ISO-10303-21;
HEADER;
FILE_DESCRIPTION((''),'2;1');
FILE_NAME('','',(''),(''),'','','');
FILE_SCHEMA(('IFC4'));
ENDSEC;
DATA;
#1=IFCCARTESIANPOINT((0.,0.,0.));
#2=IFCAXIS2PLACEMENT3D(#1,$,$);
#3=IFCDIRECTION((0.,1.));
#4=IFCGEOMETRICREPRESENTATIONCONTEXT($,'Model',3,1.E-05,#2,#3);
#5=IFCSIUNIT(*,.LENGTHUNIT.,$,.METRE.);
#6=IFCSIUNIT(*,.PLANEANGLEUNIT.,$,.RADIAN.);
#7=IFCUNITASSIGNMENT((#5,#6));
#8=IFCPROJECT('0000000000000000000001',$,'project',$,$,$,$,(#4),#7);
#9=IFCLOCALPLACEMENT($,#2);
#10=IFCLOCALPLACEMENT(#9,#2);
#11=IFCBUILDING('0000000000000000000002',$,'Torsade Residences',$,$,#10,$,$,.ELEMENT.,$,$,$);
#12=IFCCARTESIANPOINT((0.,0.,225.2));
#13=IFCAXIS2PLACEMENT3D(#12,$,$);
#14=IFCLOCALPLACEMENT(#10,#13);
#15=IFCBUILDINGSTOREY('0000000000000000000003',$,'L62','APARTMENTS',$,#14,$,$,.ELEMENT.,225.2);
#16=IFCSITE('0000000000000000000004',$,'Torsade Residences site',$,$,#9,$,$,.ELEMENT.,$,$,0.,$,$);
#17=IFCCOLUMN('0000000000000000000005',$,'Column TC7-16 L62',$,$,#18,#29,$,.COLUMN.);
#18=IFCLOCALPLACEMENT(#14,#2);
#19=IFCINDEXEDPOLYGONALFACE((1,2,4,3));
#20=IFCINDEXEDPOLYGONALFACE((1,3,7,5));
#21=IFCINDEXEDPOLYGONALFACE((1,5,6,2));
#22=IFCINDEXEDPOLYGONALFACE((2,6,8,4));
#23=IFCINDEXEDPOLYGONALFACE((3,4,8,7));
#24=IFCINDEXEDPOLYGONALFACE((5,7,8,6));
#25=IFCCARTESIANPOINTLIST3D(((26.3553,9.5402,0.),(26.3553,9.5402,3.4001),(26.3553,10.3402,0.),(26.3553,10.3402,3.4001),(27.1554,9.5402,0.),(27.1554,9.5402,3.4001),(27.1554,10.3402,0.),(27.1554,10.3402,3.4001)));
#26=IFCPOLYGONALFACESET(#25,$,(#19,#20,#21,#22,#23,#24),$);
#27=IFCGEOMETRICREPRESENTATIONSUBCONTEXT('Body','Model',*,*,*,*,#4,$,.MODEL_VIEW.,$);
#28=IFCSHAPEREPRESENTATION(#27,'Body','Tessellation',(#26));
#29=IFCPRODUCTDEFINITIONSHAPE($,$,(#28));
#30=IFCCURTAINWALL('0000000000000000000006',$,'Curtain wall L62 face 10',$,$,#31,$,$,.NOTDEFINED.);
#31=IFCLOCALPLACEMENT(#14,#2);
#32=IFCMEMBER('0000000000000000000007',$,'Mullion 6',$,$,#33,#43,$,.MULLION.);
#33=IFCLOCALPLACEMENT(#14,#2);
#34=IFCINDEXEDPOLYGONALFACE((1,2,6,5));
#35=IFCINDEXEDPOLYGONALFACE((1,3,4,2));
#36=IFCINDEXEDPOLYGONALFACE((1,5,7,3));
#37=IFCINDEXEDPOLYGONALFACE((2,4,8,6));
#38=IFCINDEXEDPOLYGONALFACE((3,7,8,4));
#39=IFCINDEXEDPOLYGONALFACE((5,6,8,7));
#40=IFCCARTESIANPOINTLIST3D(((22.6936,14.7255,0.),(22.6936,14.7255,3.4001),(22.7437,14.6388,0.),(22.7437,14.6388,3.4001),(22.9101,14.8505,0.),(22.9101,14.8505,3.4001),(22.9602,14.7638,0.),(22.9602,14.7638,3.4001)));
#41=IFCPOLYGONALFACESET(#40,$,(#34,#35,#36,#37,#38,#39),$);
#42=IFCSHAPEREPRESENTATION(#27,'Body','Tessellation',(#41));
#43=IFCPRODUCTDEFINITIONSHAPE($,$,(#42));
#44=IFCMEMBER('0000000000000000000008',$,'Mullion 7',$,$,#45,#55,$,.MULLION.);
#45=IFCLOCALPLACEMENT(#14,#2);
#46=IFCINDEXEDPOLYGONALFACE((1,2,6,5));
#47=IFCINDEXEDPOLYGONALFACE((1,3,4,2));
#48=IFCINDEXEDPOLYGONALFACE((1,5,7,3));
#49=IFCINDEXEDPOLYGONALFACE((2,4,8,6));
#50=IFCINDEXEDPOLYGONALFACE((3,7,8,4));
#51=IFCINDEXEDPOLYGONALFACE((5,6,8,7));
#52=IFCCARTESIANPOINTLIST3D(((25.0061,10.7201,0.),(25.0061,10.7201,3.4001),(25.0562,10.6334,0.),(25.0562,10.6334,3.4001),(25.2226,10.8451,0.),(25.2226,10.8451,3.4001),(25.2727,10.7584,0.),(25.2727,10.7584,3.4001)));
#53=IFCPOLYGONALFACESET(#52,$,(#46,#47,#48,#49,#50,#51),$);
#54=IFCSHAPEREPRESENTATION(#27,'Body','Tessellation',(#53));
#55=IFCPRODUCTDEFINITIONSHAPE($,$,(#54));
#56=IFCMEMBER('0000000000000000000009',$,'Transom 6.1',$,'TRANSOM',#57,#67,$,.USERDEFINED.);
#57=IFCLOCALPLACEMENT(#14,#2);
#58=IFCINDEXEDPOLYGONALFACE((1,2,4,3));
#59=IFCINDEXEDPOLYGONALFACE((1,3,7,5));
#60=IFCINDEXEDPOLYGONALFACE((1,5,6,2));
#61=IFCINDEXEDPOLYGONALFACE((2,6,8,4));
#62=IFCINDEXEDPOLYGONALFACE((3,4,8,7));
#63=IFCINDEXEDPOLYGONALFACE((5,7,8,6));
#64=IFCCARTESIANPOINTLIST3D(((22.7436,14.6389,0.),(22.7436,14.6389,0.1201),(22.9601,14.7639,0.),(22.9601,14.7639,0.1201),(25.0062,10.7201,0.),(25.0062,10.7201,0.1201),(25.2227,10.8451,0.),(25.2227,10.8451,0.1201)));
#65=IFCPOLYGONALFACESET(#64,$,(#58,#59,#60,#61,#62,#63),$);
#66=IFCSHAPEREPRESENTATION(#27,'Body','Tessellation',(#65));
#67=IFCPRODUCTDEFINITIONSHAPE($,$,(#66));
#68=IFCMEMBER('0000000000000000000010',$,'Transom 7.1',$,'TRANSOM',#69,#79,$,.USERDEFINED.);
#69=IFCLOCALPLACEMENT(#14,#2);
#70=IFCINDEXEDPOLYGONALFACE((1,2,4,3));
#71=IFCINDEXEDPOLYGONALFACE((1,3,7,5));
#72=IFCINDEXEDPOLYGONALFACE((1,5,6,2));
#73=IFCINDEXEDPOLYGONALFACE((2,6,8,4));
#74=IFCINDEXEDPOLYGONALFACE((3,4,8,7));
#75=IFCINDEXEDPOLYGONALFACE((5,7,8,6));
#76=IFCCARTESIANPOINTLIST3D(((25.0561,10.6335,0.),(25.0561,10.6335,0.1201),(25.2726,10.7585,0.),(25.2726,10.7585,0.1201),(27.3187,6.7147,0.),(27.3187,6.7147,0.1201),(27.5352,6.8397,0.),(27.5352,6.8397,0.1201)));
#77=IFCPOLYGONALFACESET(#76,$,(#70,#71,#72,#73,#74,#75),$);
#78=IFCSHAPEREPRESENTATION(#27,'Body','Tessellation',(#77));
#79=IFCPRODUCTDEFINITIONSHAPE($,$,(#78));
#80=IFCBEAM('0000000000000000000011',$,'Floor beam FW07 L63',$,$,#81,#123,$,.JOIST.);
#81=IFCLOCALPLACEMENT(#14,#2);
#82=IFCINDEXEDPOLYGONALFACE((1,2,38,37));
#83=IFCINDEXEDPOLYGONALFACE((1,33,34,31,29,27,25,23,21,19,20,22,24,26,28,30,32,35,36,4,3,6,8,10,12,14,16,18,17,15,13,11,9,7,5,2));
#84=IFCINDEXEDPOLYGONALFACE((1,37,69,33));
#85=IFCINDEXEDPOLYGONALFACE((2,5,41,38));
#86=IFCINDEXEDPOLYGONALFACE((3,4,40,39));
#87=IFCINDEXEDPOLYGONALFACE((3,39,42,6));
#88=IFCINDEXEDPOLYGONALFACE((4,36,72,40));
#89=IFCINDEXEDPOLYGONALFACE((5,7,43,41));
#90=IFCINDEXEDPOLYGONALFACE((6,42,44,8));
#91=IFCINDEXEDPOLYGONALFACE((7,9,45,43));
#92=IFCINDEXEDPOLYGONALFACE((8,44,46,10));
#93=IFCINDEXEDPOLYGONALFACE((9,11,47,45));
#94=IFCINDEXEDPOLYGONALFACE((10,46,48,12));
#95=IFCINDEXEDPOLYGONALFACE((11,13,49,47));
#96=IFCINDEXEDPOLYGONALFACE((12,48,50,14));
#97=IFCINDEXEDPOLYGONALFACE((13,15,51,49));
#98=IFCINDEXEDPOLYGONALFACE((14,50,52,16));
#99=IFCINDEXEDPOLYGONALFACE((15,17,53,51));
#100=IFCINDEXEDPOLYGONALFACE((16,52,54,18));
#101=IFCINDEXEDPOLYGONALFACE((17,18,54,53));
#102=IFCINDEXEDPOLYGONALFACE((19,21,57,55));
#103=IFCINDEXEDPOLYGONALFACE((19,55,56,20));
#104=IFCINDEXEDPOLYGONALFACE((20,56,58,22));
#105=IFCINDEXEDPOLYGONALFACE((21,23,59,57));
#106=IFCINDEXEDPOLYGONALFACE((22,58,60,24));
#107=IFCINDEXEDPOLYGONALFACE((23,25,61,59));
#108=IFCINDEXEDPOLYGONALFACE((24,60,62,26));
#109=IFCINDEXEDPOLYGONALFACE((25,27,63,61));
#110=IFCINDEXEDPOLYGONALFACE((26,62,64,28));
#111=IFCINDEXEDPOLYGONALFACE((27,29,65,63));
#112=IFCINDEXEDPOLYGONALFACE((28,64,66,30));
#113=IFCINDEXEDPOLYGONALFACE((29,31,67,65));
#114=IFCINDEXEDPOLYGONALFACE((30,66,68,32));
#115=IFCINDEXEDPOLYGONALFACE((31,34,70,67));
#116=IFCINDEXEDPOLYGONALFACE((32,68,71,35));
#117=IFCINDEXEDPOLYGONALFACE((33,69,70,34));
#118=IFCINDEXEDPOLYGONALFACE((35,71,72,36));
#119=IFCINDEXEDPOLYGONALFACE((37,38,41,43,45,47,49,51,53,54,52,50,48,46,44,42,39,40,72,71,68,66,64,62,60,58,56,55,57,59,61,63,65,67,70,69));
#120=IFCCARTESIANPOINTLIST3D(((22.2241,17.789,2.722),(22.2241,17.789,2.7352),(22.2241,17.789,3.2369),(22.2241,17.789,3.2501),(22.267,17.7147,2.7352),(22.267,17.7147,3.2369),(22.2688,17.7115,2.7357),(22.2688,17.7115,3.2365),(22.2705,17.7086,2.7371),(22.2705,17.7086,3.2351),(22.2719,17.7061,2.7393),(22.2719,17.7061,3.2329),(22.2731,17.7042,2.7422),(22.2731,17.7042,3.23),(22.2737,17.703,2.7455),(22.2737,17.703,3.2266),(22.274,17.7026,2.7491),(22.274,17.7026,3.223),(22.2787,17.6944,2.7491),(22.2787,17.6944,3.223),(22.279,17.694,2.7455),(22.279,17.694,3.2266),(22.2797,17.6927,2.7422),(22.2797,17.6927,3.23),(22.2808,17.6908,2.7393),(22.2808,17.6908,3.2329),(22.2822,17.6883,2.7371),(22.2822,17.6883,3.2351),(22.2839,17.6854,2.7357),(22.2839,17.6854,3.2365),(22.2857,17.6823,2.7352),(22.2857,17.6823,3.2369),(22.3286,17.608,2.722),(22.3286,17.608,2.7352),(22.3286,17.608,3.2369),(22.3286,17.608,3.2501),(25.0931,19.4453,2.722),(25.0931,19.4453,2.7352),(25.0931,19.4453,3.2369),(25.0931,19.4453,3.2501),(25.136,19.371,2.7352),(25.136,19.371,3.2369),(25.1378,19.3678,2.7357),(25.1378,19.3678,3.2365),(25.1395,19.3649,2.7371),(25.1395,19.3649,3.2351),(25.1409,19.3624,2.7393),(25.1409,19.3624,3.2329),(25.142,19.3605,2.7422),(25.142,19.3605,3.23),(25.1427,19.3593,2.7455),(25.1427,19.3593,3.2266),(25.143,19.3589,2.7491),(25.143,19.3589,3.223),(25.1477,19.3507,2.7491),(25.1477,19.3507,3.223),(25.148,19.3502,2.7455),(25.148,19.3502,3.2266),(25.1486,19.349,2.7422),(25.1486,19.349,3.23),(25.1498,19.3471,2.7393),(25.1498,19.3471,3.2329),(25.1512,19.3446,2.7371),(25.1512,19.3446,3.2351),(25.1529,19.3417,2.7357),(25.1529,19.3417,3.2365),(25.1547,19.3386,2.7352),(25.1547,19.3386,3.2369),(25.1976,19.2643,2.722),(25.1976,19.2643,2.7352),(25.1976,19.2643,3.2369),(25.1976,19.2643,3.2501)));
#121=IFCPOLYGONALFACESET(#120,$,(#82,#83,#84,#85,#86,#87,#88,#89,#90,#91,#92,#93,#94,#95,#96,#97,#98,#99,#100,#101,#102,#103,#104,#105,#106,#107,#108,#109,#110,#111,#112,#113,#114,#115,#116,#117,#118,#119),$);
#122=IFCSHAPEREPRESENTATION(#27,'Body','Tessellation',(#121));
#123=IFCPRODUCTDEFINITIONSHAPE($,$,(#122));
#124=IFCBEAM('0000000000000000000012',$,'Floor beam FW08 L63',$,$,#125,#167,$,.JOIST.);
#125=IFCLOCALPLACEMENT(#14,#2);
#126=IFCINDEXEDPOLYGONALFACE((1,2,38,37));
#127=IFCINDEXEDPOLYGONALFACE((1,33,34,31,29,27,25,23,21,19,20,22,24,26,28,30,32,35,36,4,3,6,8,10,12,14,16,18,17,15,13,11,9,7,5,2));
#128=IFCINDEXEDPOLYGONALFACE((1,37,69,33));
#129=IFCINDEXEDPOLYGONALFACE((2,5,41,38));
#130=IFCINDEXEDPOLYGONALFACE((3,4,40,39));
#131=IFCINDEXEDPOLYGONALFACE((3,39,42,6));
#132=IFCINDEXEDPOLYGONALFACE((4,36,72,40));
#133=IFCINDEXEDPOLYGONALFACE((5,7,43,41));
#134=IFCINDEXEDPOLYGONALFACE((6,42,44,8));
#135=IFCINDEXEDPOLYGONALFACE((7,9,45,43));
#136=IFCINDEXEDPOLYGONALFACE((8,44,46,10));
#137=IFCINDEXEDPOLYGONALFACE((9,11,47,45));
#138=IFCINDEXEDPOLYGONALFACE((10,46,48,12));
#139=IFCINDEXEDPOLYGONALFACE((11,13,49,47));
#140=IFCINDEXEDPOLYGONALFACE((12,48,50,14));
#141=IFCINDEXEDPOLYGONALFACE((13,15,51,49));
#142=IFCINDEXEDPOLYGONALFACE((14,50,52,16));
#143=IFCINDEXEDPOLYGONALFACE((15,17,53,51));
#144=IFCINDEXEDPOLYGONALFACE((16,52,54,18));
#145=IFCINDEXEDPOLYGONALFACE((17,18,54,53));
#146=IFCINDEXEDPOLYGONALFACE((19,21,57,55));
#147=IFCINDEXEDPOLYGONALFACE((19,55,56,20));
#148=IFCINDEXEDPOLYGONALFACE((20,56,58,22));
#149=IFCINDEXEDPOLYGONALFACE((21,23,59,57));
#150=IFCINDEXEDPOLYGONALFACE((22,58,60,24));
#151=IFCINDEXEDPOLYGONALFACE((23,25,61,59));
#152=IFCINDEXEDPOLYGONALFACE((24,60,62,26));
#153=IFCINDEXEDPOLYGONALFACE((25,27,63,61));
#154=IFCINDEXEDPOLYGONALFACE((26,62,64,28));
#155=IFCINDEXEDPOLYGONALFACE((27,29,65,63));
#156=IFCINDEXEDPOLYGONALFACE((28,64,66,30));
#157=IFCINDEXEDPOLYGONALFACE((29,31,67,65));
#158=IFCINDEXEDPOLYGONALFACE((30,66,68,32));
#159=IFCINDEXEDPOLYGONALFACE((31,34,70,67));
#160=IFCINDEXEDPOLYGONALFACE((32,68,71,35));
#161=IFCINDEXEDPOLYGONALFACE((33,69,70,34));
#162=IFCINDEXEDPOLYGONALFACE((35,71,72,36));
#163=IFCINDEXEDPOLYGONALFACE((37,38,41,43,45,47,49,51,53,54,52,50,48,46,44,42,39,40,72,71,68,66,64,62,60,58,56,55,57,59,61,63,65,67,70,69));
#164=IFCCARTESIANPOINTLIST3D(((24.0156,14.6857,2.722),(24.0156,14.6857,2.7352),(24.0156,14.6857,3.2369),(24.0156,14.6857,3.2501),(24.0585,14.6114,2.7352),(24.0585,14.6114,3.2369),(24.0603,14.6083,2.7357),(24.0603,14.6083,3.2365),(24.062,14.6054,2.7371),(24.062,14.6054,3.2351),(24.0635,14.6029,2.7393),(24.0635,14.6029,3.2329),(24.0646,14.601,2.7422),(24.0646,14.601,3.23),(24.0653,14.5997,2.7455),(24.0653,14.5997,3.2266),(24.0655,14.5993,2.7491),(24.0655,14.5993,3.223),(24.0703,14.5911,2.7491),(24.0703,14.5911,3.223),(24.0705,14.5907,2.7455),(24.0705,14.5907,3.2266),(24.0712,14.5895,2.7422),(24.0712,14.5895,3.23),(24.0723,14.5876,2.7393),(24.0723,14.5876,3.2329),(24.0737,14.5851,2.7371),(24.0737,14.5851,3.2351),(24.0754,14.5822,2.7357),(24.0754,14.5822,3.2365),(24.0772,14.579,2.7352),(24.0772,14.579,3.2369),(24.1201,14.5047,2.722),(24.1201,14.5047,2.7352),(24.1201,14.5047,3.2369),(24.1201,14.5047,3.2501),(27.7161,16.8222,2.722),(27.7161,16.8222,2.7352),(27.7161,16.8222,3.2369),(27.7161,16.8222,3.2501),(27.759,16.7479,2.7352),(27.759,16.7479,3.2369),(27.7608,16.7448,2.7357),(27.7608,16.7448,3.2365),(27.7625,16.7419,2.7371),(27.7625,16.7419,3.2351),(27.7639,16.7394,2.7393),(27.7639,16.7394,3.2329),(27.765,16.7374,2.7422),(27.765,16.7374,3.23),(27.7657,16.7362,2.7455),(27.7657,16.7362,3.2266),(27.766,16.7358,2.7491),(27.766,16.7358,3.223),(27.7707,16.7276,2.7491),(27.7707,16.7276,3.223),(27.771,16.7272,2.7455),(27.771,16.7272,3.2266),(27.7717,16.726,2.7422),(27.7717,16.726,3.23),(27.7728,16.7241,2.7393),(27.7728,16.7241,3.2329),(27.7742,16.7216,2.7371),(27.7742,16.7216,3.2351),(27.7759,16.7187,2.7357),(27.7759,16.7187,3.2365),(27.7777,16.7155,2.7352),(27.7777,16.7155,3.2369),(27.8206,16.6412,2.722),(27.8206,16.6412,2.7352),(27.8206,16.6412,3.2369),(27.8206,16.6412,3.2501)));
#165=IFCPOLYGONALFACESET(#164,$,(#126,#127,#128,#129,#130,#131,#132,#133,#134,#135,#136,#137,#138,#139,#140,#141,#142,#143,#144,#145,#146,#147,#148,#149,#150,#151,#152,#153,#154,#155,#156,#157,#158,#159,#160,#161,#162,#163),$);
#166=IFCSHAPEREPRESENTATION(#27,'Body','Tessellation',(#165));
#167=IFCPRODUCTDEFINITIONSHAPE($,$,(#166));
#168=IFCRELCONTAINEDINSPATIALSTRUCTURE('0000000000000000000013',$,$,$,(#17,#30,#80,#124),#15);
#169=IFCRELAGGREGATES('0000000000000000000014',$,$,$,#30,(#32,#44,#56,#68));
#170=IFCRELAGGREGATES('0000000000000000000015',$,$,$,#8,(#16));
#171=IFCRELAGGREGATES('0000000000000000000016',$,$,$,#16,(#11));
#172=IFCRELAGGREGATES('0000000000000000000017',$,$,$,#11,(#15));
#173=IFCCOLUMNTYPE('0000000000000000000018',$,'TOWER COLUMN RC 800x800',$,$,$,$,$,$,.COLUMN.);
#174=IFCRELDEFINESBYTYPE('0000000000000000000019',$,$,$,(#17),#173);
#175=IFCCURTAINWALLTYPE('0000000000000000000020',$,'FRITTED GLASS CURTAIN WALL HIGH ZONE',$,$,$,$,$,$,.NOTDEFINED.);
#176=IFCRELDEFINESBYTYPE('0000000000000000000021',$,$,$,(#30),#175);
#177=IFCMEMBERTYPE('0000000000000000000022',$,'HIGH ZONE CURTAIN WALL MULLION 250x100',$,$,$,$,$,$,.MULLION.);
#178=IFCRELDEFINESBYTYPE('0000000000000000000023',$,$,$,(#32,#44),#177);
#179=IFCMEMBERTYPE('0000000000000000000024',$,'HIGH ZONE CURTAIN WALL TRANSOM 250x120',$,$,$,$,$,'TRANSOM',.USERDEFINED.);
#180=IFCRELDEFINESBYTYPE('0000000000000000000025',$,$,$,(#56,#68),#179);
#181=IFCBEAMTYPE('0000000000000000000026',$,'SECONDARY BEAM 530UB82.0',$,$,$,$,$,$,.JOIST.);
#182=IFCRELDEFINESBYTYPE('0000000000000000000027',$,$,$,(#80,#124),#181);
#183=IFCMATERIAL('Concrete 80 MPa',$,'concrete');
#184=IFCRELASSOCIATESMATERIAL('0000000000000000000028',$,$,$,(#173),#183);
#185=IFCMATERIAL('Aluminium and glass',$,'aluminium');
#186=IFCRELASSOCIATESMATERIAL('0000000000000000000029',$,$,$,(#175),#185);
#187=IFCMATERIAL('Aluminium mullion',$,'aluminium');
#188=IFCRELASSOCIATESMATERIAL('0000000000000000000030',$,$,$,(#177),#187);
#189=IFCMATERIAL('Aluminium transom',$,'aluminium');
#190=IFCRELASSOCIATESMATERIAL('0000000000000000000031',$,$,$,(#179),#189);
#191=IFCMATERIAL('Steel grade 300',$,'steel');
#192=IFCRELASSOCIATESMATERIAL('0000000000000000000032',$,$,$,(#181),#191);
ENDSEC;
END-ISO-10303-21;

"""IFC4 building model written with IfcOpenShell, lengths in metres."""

from ifc_helpers import new_model, si_unit, direction, frame, origin, origin_2d, place, context, subcontext, project, spatial, rectangle, i_section, extrude, material, material_profile, profile_set, type_object, element, aggregate, save


model = new_model("IFC4")

# Units and contexts
model_context = context("Model", 3, precision=1e-05, world=origin(), true_north=direction((0.0, 1.0)))
body_context = subcontext(model_context, "Body", "Model", "MODEL_VIEW")
ifc_project = project(units=[si_unit("LENGTHUNIT", "METRE"), si_unit("PLANEANGLEUNIT", "RADIAN")], contexts=[model_context])

# Site, building, storey
site_placement = place(None, origin())
site = spatial("IfcSite", under=ifc_project, at=site_placement, Name="Torsade Residences site", CompositionType="ELEMENT", RefElevation=0.0)
building_placement = place(site_placement, origin())
building = spatial("IfcBuilding", under=site, at=building_placement, Name="Torsade Residences", CompositionType="ELEMENT")
storey_placement = place(building_placement, frame((0.0, 0.0, 225.2)))
storey = spatial("IfcBuildingStorey", under=building, at=storey_placement, Name="L62", Description="APARTMENTS", CompositionType="ELEMENT", Elevation=225.2)

# Column
ifc_material_1 = material(Name="Concrete 80 MPa", Category="concrete")
ifc_material_profile_1 = material_profile(ifc_material_1, rectangle(XDim=0.8, YDim=0.8, at=origin_2d()), Name="RC 800x800")
ifc_profile_set_1 = profile_set([ifc_material_profile_1], Name="Concrete 80 MPa")
column_type = type_object("IfcColumnType", Name="TOWER COLUMN RC 800x800", PredefinedType="COLUMN", material=ifc_profile_set_1)
column_placement = place(storey_placement, frame((26.7554, 9.9402, 0.0), z_axis=(0.0, 0.0, 1.0), x_axis=(1.0, 0.0, 0.0)))
element("IfcColumn", 1, at=column_placement, inside=storey, type_object=column_type, Name="Column TC7-16 L62", PredefinedType="COLUMN", context=body_context, shape_type="SweptSolid", body=[
    extrude(rectangle(XDim=0.8, YDim=0.8, at=origin_2d()), origin(), (0.0, 0.0, 1.0), 3.4001),
])

# Curtain wall, members
ifc_material_2 = material(Name="Aluminium and glass", Category="aluminium")
curtain_wall_type = type_object("IfcCurtainWallType", Name="FRITTED GLASS CURTAIN WALL HIGH ZONE", PredefinedType="NOTDEFINED", material=ifc_material_2)
curtain_wall_placement = place(storey_placement, origin())
curtain_wall = element("IfcCurtainWall", 2, at=curtain_wall_placement, inside=storey, type_object=curtain_wall_type, Name="Curtain wall L62 face 10", PredefinedType="NOTDEFINED")
ifc_material_3 = material(Name="Aluminium mullion", Category="aluminium")
ifc_material_profile_2 = material_profile(ifc_material_3, rectangle(XDim=0.25, YDim=0.1001, at=origin_2d()), Name="HIGH ZONE CURTAIN WALL MULLION 250x100")
ifc_profile_set_2 = profile_set([ifc_material_profile_2], Name="Aluminium mullion")
member_type_1 = type_object("IfcMemberType", Name="HIGH ZONE CURTAIN WALL MULLION 250x100", PredefinedType="MULLION", material=ifc_profile_set_2)
member_1_placement = place(storey_placement, frame((22.8269, 14.7446, 0.0), z_axis=(0.0, 0.0, 1.0), x_axis=(0.866025, 0.5, 0.0)))
member_1 = element("IfcMember", 3, at=member_1_placement, type_object=member_type_1, Name="Mullion 6", PredefinedType="MULLION", context=body_context, shape_type="SweptSolid", body=[
    extrude(rectangle(XDim=0.25, YDim=0.1001, at=origin_2d()), origin(), (0.0, 0.0, 1.0), 3.4001),
])
member_2_placement = place(storey_placement, frame((25.1394, 10.7393, 0.0), z_axis=(0.0, 0.0, 1.0), x_axis=(0.866025, 0.5, 0.0)))
member_2 = element("IfcMember", 4, at=member_2_placement, type_object=member_type_1, Name="Mullion 7", PredefinedType="MULLION", context=body_context, shape_type="SweptSolid", body=[
    extrude(rectangle(XDim=0.25, YDim=0.1001, at=origin_2d()), origin(), (0.0, 0.0, 1.0), 3.4001),
])
ifc_material_4 = material(Name="Aluminium transom", Category="aluminium")
ifc_material_profile_3 = material_profile(ifc_material_4, rectangle(XDim=0.25, YDim=0.1201, at=origin_2d()), Name="HIGH ZONE CURTAIN WALL TRANSOM 250x120")
ifc_profile_set_3 = profile_set([ifc_material_profile_3], Name="Aluminium transom")
member_type_2 = type_object("IfcMemberType", Name="HIGH ZONE CURTAIN WALL TRANSOM 250x120", ElementType="TRANSOM", PredefinedType="USERDEFINED", material=ifc_profile_set_3)
member_3_placement = place(storey_placement, frame((22.8518, 14.7014, 0.0601), z_axis=(0.500015, -0.866017, 0.0), x_axis=(0.866017, 0.500015, 0.0)))
member_3 = element("IfcMember", 5, at=member_3_placement, type_object=member_type_2, Name="Transom 6.1", ObjectType="TRANSOM", PredefinedType="USERDEFINED", context=body_context, shape_type="SweptSolid", body=[
    extrude(rectangle(XDim=0.25, YDim=0.1201, at=origin_2d()), origin(), (0.0, 0.0, 1.0), 4.5251),
])
member_4_placement = place(storey_placement, frame((25.1643, 10.696, 0.0601), z_axis=(0.500015, -0.866017, 0.0), x_axis=(0.866017, 0.500015, 0.0)))
member_4 = element("IfcMember", 6, at=member_4_placement, type_object=member_type_2, Name="Transom 7.1", ObjectType="TRANSOM", PredefinedType="USERDEFINED", context=body_context, shape_type="SweptSolid", body=[
    extrude(rectangle(XDim=0.25, YDim=0.1201, at=origin_2d()), origin(), (0.0, 0.0, 1.0), 4.5251),
])

# Beams
ifc_material_5 = material(Name="Steel grade 300", Category="steel")
ifc_material_profile_4 = material_profile(ifc_material_5, i_section(OverallWidth=0.209, OverallDepth=0.5281, WebThickness=0.0095, FlangeThickness=0.0132, FilletRadius=0.0139, at=origin_2d()), Name="530UB82.0")
ifc_profile_set_4 = profile_set([ifc_material_profile_4], Name="Steel grade 300")
beam_type = type_object("IfcBeamType", Name="SECONDARY BEAM 530UB82.0", PredefinedType="JOIST", material=ifc_profile_set_4)
beam_1_placement = place(storey_placement, frame((22.2764, 17.6985, 2.9861), z_axis=(0.86604, 0.499976, 0.0), x_axis=(-0.499976, 0.86604, 0.0)))
element("IfcBeam", 7, at=beam_1_placement, inside=storey, type_object=beam_type, Name="Floor beam FW07 L63", PredefinedType="JOIST", context=body_context, shape_type="SweptSolid", body=[
    extrude(i_section(OverallWidth=0.209, OverallDepth=0.5281, WebThickness=0.0095, FlangeThickness=0.0132, FilletRadius=0.0139, at=origin_2d()), origin(), (0.0, 0.0, 1.0), 3.3127),
])
beam_2_placement = place(storey_placement, frame((24.0679, 14.5952, 2.9861), z_axis=(0.866023, 0.500004, 0.0), x_axis=(-0.500004, 0.866023, 0.0)))
element("IfcBeam", 8, at=beam_2_placement, inside=storey, type_object=beam_type, Name="Floor beam FW08 L63", PredefinedType="JOIST", context=body_context, shape_type="SweptSolid", body=[
    extrude(i_section(OverallWidth=0.209, OverallDepth=0.5281, WebThickness=0.0095, FlangeThickness=0.0132, FilletRadius=0.0139, at=origin_2d()), origin(), (0.0, 0.0, 1.0), 4.2729),
])

aggregate(curtain_wall, [member_1, member_2, member_3, member_4])

save(model, "model.ifc")
